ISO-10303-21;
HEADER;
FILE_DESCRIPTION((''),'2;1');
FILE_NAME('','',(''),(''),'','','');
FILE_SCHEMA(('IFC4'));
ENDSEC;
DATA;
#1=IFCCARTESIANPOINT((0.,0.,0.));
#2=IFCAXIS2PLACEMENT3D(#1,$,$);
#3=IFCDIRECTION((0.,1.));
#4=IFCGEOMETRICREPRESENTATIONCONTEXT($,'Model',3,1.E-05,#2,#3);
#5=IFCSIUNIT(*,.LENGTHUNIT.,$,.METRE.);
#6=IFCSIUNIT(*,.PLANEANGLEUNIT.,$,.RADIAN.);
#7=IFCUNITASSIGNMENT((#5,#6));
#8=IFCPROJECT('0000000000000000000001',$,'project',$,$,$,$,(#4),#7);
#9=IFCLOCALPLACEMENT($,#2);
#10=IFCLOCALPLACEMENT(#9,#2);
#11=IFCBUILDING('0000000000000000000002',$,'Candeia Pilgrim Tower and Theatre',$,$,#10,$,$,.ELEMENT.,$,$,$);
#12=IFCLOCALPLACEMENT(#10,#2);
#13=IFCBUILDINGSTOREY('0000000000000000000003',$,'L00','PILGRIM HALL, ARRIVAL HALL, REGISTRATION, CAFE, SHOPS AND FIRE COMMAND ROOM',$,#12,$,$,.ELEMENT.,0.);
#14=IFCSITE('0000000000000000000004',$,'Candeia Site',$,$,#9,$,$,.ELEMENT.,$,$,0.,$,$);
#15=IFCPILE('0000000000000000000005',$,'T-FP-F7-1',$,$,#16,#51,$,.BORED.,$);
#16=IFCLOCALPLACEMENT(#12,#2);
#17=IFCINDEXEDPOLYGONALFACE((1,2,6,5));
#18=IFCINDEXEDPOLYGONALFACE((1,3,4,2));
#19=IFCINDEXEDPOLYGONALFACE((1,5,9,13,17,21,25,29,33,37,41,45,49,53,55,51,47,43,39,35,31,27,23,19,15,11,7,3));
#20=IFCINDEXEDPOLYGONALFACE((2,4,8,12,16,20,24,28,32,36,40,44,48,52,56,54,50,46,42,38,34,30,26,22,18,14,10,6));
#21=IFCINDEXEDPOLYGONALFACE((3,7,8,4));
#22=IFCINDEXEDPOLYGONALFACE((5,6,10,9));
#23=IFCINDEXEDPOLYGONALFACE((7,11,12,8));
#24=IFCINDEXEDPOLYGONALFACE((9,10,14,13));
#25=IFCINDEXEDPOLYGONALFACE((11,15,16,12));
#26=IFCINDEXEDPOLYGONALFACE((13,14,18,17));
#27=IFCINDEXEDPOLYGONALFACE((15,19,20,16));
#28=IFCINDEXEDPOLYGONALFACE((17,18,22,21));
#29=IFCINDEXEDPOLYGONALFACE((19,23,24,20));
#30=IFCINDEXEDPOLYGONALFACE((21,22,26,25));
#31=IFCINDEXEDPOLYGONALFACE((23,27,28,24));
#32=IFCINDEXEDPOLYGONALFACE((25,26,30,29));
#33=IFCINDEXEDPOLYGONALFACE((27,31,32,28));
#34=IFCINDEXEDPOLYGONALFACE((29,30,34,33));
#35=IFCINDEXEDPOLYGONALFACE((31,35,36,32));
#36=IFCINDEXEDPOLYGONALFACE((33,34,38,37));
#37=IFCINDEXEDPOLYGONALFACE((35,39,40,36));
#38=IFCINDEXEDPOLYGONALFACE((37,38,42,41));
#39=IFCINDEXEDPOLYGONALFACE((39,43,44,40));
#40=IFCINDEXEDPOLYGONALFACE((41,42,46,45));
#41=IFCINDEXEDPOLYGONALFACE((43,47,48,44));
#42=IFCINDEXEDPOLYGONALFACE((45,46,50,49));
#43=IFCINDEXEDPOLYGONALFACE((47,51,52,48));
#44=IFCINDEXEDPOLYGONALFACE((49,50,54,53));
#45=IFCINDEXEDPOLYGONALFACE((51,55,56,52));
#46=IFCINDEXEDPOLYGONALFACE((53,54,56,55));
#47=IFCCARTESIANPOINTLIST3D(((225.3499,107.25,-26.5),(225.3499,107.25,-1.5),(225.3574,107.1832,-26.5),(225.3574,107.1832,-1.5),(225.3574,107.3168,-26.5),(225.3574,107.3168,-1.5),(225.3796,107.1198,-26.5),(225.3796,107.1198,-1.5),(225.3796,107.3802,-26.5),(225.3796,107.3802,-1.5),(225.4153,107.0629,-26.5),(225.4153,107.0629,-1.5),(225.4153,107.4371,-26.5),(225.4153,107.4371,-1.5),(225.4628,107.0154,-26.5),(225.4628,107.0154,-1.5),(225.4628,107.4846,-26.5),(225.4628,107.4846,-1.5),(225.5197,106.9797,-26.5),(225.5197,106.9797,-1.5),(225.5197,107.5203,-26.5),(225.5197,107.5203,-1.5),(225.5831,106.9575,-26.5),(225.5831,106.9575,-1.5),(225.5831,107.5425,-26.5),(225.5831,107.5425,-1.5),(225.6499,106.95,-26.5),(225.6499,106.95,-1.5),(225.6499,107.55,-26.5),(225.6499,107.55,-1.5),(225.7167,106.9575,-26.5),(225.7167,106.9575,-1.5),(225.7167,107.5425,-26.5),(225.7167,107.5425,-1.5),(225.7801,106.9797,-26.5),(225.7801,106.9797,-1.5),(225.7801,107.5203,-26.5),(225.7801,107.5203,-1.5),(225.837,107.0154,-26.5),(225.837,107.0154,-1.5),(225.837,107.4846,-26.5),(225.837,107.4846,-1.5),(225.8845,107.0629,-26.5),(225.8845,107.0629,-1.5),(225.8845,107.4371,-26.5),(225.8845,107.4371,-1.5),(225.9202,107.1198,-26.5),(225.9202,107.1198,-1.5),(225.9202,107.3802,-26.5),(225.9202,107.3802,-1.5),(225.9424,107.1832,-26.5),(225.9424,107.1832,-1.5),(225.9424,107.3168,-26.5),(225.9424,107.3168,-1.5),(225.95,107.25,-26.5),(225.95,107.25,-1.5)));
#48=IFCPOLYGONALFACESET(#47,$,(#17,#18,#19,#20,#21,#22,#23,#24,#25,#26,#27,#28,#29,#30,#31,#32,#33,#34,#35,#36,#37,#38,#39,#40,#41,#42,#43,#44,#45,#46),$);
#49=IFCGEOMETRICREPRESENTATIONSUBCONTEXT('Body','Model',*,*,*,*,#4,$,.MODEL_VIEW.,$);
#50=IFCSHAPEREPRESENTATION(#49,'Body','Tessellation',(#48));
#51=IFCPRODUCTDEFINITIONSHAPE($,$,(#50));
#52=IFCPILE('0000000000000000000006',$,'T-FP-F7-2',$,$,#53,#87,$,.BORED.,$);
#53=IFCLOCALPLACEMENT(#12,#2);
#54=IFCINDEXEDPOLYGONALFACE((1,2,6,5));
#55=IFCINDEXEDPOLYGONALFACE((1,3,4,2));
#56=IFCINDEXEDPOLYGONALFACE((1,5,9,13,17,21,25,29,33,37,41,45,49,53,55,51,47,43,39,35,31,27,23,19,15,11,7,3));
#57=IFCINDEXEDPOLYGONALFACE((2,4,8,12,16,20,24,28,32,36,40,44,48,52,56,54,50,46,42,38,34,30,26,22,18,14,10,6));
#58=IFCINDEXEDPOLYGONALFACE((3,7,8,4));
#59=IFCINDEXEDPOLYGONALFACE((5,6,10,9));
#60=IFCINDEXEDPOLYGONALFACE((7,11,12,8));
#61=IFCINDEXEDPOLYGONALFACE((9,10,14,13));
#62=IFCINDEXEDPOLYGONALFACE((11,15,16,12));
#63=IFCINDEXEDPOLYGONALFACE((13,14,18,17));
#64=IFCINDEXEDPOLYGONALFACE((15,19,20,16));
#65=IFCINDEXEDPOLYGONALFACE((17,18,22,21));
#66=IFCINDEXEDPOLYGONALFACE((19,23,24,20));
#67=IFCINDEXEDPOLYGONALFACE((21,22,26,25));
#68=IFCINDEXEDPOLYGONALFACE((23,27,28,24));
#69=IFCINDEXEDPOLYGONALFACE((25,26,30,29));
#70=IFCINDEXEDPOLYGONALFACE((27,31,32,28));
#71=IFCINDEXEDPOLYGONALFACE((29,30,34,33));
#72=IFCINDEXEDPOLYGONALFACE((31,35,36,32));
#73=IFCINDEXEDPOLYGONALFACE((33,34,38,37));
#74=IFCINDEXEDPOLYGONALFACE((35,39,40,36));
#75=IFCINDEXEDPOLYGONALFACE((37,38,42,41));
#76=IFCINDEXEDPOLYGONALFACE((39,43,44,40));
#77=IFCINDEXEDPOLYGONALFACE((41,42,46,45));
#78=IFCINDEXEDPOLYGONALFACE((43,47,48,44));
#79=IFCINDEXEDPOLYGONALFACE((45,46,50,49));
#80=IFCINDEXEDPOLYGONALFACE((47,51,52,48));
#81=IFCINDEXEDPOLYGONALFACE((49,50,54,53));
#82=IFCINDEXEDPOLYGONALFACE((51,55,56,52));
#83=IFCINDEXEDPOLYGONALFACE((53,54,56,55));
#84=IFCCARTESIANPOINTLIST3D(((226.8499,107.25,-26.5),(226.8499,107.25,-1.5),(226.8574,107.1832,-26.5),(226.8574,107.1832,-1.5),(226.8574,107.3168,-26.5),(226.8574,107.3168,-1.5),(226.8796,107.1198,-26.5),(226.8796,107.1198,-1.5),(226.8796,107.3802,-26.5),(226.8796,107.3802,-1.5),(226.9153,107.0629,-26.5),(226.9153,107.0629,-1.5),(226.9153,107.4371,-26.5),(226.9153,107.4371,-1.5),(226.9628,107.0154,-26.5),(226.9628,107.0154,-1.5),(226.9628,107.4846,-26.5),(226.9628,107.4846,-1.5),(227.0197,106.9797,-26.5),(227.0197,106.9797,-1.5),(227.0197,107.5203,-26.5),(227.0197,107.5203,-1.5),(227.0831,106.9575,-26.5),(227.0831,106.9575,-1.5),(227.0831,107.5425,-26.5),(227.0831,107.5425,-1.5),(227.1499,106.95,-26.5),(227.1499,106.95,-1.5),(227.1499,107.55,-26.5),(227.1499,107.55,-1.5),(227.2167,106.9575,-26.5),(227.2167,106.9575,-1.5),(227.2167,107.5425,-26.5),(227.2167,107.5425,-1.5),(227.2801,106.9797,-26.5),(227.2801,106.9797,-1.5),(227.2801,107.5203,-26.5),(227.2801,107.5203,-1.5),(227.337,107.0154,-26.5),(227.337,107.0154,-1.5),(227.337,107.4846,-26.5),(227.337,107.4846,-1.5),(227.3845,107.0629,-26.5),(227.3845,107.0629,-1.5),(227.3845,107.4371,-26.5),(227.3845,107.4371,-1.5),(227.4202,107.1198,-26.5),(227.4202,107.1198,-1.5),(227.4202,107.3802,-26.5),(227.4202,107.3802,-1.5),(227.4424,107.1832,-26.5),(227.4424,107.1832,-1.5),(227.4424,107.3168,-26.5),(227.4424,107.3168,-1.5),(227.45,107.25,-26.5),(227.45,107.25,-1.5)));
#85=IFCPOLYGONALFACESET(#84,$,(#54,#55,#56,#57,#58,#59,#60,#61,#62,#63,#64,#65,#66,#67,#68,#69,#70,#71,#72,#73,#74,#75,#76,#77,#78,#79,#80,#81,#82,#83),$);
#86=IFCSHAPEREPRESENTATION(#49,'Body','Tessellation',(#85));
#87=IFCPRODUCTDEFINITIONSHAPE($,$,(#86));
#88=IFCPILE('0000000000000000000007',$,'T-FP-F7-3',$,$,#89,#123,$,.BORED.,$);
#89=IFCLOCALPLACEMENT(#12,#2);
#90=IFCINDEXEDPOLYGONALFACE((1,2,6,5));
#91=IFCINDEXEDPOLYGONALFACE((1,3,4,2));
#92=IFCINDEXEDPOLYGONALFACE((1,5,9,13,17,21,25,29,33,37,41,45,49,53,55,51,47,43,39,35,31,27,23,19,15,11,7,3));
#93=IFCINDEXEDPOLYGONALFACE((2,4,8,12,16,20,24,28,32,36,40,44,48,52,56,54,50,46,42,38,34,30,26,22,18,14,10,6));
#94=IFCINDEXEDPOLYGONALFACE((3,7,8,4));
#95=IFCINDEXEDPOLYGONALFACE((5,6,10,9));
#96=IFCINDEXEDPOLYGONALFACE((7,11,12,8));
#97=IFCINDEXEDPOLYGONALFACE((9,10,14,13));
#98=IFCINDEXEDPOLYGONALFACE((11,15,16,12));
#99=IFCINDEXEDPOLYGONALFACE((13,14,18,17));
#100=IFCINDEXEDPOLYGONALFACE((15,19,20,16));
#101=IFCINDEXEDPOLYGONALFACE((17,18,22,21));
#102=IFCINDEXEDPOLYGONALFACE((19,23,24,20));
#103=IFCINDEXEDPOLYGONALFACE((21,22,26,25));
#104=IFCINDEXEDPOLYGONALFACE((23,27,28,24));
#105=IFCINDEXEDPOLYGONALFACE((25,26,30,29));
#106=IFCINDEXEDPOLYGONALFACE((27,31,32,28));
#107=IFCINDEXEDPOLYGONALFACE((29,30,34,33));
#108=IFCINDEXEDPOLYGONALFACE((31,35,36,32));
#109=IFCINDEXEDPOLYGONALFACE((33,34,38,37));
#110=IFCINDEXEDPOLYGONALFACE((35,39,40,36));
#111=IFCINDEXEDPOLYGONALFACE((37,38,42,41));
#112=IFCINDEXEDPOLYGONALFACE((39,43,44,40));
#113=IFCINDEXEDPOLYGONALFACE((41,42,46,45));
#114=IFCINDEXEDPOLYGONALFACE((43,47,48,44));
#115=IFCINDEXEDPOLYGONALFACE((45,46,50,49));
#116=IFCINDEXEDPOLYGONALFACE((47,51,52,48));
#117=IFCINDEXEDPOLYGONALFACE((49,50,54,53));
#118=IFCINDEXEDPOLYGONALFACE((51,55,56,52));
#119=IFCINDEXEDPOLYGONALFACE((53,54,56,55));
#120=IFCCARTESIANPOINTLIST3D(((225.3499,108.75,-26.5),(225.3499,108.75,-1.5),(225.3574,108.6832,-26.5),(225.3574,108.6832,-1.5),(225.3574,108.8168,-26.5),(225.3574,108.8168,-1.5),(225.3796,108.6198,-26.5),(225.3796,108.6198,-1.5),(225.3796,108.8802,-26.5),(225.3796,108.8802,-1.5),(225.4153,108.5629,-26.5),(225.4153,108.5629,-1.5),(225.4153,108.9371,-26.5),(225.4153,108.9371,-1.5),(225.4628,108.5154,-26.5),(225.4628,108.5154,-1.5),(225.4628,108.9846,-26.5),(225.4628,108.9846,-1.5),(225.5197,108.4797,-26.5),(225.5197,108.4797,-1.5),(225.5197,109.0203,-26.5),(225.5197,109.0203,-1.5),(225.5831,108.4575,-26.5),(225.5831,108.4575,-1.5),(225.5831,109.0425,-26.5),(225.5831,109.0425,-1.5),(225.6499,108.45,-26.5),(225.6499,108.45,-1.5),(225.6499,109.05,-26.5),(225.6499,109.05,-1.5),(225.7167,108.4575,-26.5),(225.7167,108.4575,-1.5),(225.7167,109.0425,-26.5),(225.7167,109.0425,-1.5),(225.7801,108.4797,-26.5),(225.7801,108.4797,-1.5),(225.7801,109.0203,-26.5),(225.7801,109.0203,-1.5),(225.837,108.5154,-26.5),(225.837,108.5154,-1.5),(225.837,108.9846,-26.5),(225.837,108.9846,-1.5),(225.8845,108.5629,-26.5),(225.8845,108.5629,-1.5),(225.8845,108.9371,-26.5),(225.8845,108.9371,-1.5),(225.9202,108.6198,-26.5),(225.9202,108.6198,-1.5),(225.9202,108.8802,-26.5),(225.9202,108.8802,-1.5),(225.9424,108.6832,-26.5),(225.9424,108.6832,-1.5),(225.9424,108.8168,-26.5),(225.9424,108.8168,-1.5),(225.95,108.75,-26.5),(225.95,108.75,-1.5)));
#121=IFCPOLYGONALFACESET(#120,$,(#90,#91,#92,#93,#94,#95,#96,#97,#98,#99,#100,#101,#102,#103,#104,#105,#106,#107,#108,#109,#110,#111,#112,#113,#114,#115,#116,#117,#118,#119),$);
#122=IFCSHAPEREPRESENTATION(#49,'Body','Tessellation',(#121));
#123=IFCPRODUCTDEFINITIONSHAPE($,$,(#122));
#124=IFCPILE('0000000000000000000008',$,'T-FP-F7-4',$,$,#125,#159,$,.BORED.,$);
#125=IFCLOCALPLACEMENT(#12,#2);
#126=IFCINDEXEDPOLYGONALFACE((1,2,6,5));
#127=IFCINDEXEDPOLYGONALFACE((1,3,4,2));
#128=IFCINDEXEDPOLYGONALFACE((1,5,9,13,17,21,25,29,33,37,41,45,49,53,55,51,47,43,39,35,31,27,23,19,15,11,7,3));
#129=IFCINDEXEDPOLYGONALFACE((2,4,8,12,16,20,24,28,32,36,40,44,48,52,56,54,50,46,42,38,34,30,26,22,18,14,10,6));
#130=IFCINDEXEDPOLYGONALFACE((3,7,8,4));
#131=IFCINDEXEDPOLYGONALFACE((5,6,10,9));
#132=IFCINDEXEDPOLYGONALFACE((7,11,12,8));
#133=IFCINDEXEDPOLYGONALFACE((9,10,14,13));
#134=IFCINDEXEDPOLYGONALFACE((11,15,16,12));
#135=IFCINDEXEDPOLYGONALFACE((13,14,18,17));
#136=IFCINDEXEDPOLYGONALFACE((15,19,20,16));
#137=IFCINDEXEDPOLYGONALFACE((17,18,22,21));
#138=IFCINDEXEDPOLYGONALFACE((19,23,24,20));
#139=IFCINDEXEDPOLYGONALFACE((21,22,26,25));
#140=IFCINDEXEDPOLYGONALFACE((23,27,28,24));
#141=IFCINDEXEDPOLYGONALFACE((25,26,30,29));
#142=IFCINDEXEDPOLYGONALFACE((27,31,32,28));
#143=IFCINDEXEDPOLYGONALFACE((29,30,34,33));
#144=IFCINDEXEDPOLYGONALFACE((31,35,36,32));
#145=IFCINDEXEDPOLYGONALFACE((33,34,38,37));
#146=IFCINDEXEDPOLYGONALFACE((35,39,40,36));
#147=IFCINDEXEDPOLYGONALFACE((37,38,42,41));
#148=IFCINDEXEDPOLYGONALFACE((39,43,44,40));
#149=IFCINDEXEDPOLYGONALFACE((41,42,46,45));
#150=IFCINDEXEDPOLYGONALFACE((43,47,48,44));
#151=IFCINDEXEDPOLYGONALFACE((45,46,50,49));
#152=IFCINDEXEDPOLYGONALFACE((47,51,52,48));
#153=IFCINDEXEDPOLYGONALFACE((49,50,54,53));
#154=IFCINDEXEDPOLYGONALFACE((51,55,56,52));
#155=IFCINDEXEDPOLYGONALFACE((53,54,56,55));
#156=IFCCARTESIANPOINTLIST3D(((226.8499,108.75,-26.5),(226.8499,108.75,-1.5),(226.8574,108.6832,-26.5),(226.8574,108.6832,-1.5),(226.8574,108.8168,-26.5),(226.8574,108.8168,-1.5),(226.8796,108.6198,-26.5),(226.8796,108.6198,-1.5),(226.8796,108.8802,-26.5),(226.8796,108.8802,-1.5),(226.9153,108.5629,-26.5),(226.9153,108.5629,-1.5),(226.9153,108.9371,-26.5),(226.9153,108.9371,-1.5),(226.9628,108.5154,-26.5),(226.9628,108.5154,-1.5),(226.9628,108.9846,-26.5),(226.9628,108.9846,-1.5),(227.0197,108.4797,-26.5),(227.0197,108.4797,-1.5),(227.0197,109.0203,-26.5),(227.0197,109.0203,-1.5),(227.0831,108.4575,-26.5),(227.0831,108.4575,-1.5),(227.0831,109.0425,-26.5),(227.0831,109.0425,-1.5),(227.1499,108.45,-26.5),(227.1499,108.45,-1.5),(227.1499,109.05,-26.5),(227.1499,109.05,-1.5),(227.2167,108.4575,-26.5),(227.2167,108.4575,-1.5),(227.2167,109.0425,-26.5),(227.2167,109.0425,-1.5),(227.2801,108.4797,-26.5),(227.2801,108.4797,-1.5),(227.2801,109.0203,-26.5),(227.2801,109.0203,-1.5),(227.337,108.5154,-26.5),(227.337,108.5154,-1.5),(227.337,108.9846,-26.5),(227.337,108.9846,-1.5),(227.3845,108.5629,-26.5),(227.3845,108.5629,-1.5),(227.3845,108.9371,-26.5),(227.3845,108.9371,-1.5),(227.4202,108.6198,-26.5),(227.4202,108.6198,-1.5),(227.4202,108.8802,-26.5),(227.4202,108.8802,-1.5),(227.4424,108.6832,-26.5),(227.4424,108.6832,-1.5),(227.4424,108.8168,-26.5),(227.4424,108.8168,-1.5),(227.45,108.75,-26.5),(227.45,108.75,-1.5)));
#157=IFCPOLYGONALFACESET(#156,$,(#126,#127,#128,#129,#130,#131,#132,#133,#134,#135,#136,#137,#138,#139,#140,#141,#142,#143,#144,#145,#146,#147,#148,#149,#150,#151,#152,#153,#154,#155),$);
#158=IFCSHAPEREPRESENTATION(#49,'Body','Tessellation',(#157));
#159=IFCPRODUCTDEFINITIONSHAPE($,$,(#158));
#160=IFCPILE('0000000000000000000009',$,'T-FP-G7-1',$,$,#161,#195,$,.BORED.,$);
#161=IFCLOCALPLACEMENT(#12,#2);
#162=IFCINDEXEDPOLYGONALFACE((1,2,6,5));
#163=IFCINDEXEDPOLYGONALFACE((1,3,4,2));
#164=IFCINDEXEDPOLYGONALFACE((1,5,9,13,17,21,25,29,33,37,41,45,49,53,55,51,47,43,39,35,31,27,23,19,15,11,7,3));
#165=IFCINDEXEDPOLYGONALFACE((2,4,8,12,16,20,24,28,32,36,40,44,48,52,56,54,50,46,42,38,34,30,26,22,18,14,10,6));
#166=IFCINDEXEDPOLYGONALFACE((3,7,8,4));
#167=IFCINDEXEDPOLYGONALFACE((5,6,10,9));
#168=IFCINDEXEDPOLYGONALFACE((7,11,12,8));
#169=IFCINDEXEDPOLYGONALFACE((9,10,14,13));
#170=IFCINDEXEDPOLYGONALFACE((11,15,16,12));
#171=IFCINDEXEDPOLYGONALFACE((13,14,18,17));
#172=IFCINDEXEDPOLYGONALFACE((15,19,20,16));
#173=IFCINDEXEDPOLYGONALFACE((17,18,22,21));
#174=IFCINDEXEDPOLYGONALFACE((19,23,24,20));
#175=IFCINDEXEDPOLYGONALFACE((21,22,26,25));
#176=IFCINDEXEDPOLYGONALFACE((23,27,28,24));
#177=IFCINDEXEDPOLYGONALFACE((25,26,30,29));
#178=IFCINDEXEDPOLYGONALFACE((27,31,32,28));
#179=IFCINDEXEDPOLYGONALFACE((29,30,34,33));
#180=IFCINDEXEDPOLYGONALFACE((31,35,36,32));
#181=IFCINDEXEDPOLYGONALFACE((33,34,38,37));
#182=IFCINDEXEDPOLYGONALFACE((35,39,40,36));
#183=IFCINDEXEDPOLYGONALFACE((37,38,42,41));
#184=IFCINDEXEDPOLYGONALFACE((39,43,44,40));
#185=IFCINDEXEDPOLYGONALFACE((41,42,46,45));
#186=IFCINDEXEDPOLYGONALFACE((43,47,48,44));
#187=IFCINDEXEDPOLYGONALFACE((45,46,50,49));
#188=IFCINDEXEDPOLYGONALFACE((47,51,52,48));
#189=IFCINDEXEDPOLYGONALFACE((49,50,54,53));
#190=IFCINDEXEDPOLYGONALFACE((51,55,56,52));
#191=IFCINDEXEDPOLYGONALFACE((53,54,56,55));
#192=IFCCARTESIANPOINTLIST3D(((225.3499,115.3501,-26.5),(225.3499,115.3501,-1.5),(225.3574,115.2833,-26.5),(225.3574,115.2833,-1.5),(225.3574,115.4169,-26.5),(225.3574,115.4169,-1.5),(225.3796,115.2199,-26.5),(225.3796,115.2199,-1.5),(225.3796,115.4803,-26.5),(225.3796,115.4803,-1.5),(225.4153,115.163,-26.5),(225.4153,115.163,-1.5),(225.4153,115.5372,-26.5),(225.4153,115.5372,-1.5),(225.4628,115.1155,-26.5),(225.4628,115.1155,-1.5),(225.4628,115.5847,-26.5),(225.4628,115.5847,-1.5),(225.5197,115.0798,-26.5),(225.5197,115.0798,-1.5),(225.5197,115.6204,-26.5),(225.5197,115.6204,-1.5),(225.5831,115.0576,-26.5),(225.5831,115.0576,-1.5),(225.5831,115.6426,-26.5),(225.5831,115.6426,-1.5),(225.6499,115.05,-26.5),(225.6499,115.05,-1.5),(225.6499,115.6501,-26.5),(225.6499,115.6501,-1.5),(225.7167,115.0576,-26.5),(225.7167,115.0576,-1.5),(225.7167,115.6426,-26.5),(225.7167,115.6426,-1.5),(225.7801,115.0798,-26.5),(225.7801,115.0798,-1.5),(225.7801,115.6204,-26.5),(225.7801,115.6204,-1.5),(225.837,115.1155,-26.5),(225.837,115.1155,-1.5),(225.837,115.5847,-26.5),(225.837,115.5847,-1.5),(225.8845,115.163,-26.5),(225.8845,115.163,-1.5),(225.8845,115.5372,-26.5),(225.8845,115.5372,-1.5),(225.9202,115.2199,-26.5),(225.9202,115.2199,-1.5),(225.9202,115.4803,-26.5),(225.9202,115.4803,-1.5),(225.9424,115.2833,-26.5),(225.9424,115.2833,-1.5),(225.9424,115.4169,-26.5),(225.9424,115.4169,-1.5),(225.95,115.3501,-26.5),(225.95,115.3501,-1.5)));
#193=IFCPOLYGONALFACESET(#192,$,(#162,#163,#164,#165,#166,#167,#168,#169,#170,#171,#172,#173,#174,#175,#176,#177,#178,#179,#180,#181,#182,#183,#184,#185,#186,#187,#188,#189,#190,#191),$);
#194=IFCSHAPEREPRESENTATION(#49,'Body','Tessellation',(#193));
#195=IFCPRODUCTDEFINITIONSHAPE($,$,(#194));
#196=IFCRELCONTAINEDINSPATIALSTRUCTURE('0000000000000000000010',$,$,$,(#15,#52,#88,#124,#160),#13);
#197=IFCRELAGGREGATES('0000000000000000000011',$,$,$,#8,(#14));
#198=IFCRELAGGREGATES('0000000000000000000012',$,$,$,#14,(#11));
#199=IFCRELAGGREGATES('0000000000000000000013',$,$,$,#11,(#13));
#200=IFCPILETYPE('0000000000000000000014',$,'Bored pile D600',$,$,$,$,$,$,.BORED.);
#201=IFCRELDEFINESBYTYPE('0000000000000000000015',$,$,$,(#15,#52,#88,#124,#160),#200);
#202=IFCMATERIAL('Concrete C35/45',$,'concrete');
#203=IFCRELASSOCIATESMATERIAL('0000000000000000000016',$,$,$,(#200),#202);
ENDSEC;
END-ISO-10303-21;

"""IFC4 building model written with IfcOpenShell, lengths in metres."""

from ifc_helpers import new_model, si_unit, direction, frame, origin, origin_2d, place, context, subcontext, project, spatial, circle, extrude, material, type_object, element, save


model = new_model("IFC4")

# Units and contexts
model_context = context("Model", 3, precision=1e-05, world=origin(), true_north=direction((0.0, 1.0)))
body_context = subcontext(model_context, "Body", "Model", "MODEL_VIEW")
ifc_project = project(units=[si_unit("LENGTHUNIT", "METRE"), si_unit("PLANEANGLEUNIT", "RADIAN")], contexts=[model_context])

# Site, building, storey
site_placement = place(None, origin())
site = spatial("IfcSite", under=ifc_project, at=site_placement, Name="Candeia Site", CompositionType="ELEMENT", RefElevation=0.0)
building_placement = place(site_placement, origin())
building = spatial("IfcBuilding", under=site, at=building_placement, Name="Candeia Pilgrim Tower and Theatre", CompositionType="ELEMENT")
storey_placement = place(building_placement, origin())
storey = spatial("IfcBuildingStorey", under=building, at=storey_placement, Name="L00", Description="PILGRIM HALL, ARRIVAL HALL, REGISTRATION, CAFE, SHOPS AND FIRE COMMAND ROOM", CompositionType="ELEMENT", Elevation=0.0)

# Piles
ifc_material_1 = material(Name="Concrete C35/45", Category="concrete")
pile_type = type_object("IfcPileType", Name="Bored pile D600", PredefinedType="BORED", material=ifc_material_1)
for number, where, z_axis, x_axis, name in (
    (1, (225.6499, 107.25, -1.5), (0.0, 0.0, -1.0), (1.0, 0.0, 0.0), "T-FP-F7-1"),
    (2, (227.1499, 107.25, -1.5), (0.0, 0.0, -1.0), (1.0, 0.0, 0.0), "T-FP-F7-2"),
    (3, (225.6499, 108.75, -1.5), (0.0, 0.0, -1.0), (1.0, 0.0, 0.0), "T-FP-F7-3"),
    (4, (227.1499, 108.75, -1.5), (0.0, 0.0, -1.0), (1.0, 0.0, 0.0), "T-FP-F7-4"),
    (5, (225.6499, 115.3501, -1.5), (0.0, 0.0, -1.0), (1.0, 0.0, 0.0), "T-FP-G7-1"),
):
    element("IfcPile", number, at=place(storey_placement, frame(where, z_axis=z_axis, x_axis=x_axis)), inside=storey, type_object=pile_type, Name=name, PredefinedType="BORED", context=body_context, shape_type="SweptSolid", body=[
        extrude(circle(Radius=0.3, at=origin_2d()), origin(), (0.0, 0.0, 1.0), 25.0),
    ])

save(model, "model.ifc")
